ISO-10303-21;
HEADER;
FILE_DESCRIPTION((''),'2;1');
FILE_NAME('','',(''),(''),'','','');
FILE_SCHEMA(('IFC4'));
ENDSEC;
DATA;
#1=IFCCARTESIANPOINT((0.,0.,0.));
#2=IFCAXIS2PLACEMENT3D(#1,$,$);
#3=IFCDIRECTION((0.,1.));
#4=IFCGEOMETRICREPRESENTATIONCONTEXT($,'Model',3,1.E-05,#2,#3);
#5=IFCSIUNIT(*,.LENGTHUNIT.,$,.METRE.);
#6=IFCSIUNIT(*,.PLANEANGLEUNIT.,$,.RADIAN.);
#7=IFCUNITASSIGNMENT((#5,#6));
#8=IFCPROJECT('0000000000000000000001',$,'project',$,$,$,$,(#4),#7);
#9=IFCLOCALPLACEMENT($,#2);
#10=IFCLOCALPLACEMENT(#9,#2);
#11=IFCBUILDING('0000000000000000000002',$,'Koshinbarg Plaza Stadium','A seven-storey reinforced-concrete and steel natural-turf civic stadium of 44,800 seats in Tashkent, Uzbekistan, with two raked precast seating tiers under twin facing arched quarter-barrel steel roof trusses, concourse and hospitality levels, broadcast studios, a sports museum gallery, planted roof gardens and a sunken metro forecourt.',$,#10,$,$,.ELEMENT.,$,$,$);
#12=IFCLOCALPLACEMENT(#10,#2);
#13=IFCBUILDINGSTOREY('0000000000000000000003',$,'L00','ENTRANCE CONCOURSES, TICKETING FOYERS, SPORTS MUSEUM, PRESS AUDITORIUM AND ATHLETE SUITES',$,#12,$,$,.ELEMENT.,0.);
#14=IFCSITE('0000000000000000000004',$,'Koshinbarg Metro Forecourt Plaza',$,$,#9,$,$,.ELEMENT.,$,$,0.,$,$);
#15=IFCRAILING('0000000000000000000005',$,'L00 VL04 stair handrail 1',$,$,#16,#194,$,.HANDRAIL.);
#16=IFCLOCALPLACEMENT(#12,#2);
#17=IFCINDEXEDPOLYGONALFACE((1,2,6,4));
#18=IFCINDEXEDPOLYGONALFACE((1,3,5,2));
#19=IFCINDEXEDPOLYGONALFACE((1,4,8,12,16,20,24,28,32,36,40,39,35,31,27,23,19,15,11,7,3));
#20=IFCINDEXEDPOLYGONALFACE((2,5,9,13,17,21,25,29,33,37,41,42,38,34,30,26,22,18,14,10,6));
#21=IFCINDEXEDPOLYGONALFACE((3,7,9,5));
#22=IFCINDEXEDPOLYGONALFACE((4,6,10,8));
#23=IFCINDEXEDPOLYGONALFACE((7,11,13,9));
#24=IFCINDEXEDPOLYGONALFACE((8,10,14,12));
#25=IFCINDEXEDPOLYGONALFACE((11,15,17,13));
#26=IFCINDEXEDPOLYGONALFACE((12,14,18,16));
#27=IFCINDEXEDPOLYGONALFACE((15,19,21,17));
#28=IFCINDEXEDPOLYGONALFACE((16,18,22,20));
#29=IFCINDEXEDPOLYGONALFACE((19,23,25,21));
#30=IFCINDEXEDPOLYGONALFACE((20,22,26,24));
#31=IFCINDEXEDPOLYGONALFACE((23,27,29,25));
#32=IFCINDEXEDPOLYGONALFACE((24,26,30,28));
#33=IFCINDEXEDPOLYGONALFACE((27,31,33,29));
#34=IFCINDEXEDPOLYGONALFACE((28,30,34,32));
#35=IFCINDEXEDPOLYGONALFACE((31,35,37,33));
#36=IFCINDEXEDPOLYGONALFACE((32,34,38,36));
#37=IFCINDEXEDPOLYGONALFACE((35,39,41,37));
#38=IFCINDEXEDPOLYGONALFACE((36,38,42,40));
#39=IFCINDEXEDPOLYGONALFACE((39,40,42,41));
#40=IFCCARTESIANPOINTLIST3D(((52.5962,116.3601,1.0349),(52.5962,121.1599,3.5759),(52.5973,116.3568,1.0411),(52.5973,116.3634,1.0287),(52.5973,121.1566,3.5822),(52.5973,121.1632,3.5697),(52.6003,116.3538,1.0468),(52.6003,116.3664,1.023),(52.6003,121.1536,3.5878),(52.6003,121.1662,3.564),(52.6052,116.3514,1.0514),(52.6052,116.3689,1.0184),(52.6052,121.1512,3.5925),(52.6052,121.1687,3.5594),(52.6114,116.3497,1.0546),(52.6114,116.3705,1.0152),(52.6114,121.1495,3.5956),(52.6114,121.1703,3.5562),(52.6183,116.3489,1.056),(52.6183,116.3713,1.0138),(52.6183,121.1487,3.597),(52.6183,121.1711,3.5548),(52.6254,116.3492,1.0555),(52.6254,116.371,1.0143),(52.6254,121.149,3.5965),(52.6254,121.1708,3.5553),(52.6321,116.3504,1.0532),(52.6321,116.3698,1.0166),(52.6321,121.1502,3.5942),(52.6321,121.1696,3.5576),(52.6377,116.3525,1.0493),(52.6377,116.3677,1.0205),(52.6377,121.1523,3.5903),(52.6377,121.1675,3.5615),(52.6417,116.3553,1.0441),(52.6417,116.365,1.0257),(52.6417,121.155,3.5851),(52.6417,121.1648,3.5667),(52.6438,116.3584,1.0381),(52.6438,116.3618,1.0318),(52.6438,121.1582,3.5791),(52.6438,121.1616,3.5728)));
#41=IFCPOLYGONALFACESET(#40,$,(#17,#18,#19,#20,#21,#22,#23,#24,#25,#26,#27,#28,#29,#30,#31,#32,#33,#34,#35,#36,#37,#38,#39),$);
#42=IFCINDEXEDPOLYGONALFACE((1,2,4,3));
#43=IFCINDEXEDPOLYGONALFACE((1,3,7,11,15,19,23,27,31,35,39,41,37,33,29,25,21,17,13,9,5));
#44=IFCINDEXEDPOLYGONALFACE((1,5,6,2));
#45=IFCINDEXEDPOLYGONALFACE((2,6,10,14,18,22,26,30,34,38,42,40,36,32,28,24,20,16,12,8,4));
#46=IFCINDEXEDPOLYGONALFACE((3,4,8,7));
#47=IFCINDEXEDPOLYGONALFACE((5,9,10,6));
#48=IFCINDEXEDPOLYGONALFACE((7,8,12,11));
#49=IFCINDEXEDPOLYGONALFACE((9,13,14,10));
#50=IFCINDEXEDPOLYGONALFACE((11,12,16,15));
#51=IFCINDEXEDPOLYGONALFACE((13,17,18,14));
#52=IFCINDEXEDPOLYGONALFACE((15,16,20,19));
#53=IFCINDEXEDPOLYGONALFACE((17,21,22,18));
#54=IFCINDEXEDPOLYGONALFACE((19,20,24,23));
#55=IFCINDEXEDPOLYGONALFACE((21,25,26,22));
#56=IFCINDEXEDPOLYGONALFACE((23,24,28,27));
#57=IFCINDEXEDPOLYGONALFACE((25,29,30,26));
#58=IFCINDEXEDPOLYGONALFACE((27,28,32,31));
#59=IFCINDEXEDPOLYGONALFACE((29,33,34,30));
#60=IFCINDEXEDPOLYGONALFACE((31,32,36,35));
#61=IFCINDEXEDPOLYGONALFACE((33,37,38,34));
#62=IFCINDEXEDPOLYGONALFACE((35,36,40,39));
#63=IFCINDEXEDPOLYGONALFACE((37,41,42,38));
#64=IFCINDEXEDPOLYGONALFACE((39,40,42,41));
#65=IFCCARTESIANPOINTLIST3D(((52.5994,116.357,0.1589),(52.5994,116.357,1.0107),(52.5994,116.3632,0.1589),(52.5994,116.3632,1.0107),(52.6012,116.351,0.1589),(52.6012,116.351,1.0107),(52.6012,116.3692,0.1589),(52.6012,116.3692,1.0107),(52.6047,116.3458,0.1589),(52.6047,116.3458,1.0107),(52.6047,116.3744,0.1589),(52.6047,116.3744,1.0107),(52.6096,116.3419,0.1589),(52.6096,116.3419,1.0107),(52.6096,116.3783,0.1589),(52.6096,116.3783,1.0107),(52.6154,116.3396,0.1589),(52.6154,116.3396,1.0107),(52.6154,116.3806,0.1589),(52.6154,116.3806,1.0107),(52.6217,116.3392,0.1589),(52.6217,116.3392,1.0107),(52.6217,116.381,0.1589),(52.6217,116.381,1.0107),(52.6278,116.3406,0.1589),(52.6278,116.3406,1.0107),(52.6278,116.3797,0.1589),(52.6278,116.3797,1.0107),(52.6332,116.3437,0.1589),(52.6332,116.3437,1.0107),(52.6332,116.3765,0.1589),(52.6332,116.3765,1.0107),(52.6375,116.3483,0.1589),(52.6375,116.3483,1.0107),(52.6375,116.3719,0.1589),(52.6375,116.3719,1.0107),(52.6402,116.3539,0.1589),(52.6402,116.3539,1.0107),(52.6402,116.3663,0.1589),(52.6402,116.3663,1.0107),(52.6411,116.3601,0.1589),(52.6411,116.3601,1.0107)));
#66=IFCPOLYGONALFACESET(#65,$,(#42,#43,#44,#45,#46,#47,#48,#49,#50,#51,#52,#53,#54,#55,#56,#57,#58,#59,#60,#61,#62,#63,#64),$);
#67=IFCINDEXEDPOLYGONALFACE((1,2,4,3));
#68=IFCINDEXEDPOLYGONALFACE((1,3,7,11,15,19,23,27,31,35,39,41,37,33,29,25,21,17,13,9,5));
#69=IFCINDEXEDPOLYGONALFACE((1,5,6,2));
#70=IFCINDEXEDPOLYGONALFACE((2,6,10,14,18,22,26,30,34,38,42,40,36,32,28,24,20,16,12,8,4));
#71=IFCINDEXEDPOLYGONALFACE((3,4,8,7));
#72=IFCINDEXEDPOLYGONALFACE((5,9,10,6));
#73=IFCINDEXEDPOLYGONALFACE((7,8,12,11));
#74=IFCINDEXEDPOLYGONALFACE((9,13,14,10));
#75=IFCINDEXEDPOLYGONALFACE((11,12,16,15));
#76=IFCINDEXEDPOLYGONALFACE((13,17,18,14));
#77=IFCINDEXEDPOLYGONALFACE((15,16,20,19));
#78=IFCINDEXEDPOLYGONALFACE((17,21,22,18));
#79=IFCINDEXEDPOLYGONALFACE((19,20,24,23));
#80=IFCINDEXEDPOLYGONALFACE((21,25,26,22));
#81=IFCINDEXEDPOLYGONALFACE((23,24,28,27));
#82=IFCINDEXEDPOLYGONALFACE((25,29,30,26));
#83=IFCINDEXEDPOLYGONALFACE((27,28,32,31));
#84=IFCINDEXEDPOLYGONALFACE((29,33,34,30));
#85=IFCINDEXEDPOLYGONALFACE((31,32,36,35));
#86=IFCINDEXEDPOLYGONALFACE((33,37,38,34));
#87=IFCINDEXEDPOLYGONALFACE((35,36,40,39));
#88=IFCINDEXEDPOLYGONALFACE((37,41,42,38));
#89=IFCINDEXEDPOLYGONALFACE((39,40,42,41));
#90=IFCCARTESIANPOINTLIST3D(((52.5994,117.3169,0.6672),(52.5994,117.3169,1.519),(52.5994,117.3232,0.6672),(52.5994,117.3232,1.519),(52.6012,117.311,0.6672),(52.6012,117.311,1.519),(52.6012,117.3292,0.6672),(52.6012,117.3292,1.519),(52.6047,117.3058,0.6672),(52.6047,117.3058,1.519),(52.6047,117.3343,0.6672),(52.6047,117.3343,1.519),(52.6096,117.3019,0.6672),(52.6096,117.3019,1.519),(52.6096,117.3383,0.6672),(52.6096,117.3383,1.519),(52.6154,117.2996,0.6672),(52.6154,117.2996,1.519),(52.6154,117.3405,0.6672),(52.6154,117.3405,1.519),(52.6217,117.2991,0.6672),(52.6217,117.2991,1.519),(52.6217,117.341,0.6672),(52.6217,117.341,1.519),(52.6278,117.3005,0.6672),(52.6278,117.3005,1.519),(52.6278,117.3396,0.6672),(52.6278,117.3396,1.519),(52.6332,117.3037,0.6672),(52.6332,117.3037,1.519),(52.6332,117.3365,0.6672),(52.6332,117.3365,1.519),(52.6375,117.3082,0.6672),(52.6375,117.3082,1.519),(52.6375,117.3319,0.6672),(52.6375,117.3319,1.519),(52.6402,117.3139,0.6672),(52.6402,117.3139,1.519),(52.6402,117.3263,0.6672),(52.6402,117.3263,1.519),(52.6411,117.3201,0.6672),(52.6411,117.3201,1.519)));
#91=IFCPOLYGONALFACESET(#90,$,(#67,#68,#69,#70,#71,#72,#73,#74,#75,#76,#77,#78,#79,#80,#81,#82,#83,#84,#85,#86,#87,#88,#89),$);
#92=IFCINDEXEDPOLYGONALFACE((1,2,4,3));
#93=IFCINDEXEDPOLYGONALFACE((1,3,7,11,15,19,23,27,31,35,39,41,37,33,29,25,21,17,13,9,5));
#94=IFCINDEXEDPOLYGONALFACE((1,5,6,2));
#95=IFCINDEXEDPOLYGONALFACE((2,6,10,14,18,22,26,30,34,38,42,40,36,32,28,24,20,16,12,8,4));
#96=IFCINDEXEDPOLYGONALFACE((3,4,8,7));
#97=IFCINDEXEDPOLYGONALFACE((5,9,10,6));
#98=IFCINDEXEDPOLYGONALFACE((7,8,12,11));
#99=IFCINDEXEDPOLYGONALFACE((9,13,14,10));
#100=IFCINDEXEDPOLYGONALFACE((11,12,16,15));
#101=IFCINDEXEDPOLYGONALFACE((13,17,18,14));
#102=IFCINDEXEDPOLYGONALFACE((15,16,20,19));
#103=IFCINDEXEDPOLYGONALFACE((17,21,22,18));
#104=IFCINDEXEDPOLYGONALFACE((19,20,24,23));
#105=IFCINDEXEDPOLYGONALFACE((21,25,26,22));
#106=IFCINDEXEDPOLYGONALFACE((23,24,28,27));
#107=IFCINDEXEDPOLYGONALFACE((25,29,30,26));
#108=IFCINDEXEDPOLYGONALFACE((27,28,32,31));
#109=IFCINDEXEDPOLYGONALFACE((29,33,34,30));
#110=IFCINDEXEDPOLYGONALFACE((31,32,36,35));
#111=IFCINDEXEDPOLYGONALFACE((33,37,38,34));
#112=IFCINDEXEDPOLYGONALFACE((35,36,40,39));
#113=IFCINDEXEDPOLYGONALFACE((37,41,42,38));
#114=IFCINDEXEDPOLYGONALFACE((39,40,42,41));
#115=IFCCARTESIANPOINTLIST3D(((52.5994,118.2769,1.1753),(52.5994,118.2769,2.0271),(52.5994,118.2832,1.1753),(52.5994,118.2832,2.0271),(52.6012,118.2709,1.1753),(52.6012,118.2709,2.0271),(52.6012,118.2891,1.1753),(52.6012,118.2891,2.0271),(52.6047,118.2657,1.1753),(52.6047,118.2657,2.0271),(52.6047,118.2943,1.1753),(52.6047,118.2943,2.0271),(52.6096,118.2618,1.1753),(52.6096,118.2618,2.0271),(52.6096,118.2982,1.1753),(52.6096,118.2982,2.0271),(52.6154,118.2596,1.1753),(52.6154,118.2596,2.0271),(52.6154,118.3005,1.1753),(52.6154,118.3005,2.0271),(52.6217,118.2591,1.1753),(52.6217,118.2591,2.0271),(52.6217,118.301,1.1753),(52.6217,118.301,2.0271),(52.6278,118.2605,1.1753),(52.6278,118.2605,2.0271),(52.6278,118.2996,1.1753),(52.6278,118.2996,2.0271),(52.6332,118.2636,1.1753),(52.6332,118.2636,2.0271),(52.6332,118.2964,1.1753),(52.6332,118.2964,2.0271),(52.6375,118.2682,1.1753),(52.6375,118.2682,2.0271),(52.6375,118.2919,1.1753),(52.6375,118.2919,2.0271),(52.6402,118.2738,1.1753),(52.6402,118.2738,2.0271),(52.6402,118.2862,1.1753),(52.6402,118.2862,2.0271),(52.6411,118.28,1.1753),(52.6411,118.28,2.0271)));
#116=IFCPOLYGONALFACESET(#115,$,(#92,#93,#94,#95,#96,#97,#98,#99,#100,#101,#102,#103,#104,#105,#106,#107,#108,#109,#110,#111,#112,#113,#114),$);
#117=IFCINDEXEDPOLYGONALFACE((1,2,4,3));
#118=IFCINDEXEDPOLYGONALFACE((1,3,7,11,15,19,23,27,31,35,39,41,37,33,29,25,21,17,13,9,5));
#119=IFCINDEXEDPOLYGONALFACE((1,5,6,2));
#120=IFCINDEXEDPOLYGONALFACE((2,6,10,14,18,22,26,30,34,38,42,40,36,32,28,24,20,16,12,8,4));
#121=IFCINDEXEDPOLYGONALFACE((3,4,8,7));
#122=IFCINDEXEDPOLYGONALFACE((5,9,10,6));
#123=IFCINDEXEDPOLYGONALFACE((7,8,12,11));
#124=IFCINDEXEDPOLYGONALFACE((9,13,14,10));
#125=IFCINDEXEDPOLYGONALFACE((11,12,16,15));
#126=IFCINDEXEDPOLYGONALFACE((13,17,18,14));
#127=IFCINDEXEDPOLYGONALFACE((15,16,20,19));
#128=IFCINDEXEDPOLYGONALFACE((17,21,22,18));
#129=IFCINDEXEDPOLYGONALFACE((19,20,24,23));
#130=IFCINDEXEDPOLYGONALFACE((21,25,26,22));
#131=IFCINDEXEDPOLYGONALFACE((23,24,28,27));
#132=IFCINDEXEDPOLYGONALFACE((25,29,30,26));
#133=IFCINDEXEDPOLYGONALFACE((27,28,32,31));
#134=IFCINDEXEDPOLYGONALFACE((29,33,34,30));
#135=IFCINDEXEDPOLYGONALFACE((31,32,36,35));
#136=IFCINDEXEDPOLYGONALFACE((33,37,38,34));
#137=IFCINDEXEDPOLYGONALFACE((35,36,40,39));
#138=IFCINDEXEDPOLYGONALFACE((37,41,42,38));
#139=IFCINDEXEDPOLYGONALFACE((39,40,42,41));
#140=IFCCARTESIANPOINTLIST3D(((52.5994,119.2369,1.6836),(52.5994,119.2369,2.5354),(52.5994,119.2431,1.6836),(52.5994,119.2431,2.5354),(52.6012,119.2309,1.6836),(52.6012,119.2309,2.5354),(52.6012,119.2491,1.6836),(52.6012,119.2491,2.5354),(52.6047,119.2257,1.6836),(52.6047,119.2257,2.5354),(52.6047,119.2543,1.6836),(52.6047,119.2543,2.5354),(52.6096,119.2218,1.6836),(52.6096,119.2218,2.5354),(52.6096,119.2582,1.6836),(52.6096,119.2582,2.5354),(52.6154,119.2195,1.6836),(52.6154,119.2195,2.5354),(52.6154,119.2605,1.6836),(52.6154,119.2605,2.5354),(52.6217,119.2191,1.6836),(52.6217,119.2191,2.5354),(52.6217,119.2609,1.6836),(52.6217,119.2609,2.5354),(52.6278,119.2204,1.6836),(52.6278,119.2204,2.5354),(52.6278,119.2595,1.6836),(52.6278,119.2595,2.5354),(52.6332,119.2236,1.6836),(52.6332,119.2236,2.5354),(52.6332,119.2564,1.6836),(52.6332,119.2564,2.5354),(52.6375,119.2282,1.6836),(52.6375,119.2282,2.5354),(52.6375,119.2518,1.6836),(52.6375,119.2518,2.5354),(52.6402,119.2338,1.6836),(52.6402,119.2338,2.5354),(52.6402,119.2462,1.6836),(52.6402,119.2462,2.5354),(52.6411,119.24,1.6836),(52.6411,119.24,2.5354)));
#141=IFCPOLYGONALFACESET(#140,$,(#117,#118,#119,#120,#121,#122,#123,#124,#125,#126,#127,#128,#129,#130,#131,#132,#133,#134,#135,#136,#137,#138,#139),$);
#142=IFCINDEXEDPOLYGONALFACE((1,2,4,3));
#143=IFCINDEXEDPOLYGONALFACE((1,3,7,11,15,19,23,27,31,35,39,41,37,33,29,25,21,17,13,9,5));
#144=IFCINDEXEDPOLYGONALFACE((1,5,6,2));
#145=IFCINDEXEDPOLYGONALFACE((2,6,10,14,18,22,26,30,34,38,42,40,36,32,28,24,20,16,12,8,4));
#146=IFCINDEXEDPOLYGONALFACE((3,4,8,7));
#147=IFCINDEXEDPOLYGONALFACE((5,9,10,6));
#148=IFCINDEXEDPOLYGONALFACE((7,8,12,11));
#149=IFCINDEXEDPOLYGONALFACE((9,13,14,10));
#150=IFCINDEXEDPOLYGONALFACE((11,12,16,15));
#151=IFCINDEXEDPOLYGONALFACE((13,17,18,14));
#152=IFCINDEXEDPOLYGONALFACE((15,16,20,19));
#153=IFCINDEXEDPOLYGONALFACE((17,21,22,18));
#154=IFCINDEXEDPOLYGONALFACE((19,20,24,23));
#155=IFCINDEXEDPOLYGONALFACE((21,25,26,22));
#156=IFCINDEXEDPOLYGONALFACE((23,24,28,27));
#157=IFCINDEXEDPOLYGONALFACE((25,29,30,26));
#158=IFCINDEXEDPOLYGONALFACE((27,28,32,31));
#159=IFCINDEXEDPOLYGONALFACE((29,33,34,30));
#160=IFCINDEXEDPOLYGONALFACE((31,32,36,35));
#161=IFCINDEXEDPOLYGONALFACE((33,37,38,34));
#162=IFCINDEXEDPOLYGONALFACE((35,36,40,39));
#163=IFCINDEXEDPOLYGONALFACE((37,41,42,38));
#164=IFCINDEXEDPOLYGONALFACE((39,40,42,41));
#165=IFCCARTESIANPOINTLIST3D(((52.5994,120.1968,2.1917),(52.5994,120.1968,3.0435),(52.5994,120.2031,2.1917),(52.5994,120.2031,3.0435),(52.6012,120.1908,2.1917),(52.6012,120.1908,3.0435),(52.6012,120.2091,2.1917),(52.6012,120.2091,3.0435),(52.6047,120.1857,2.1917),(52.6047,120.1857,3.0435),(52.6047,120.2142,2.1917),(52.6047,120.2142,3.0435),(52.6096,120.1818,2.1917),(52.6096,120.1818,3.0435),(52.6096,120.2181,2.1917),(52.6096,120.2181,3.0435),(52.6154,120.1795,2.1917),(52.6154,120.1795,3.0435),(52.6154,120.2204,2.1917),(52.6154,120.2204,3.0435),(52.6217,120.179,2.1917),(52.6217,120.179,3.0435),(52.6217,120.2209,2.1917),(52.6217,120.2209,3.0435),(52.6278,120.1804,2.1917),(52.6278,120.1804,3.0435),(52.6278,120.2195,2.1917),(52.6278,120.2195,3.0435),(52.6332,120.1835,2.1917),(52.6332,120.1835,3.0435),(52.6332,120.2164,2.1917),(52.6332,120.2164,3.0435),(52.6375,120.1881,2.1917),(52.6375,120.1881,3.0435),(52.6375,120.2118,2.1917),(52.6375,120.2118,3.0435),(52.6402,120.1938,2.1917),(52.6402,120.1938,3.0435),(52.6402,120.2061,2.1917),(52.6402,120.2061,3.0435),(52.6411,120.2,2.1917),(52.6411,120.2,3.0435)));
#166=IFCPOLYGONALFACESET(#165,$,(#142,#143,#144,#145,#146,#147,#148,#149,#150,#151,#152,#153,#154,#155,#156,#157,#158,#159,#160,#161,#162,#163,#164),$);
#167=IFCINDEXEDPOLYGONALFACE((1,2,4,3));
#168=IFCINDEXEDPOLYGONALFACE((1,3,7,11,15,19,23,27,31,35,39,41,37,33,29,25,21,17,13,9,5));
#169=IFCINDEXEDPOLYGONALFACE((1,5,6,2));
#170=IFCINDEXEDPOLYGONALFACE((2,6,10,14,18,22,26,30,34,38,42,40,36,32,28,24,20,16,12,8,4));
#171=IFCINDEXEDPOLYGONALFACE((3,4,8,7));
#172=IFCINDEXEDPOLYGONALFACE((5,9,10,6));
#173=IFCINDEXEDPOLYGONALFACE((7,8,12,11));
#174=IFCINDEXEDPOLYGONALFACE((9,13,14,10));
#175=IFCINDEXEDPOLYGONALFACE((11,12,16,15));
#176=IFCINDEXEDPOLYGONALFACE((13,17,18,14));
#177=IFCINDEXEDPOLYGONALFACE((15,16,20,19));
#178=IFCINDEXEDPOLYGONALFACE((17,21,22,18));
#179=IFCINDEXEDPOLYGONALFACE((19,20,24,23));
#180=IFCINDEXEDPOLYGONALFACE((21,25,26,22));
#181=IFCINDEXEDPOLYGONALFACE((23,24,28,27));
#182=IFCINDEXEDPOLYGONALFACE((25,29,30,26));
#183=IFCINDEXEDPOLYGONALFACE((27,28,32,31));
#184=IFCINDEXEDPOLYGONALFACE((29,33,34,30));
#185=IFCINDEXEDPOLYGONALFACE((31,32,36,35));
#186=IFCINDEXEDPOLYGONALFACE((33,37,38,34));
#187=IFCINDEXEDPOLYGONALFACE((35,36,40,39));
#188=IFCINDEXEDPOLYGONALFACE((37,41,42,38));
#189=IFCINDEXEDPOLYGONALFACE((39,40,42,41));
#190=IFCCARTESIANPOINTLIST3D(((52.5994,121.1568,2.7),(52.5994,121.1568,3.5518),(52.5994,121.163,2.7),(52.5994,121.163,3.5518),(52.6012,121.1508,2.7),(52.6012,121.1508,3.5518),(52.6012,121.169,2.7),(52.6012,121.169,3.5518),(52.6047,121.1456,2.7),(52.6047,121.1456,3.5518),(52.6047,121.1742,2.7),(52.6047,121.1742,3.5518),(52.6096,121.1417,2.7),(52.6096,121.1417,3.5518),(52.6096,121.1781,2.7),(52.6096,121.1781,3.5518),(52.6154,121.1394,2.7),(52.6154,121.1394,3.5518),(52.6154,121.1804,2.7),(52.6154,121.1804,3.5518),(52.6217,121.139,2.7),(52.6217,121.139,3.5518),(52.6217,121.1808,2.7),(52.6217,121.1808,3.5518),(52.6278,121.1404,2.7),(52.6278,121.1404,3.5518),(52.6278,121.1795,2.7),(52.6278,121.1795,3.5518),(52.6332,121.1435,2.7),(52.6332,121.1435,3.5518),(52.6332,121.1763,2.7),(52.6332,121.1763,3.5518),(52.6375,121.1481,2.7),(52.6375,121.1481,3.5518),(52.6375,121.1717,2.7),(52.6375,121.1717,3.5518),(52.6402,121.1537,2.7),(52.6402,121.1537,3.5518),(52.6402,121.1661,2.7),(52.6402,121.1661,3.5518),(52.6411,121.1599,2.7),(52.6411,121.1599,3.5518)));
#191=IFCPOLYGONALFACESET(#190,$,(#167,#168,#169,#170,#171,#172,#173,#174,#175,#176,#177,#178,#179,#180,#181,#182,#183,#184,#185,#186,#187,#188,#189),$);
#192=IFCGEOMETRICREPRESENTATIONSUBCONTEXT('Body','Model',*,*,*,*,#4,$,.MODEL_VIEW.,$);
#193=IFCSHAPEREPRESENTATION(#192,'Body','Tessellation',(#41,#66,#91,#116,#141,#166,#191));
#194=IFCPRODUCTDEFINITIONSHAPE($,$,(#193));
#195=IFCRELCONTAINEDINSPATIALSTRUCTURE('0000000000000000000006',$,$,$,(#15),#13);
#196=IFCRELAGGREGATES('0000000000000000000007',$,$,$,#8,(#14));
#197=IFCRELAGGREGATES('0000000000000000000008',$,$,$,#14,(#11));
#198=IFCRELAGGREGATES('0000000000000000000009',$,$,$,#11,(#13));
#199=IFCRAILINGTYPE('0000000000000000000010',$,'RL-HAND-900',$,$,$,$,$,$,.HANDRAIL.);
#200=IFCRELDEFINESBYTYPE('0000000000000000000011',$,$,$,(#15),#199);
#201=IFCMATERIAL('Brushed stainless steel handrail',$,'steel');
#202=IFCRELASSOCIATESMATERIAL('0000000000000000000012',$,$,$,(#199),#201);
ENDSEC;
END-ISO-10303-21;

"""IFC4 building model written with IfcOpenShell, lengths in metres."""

from ifc_helpers import new_model, si_unit, direction, frame, origin, origin_2d, place, context, subcontext, project, spatial, circle, extrude, material, type_object, element, save


model = new_model("IFC4")

# Units and contexts
model_context = context("Model", 3, precision=1e-05, world=origin(), true_north=direction((0.0, 1.0)))
body_context = subcontext(model_context, "Body", "Model", "MODEL_VIEW")
ifc_project = project(units=[si_unit("LENGTHUNIT", "METRE"), si_unit("PLANEANGLEUNIT", "RADIAN")], contexts=[model_context])

# Site, building, storey
site_placement = place(None, origin())
site = spatial("IfcSite", under=ifc_project, at=site_placement, Name="Koshinbarg Metro Forecourt Plaza", CompositionType="ELEMENT", RefElevation=0.0)
building_placement = place(site_placement, origin())
building = spatial("IfcBuilding", under=site, at=building_placement, Name="Koshinbarg Plaza Stadium", Description="A seven-storey reinforced-concrete and steel natural-turf civic stadium of 44,800 seats in Tashkent, Uzbekistan, with two raked precast seating tiers under twin facing arched quarter-barrel steel roof trusses, concourse and hospitality levels, broadcast studios, a sports museum gallery, planted roof gardens and a sunken metro forecourt.", CompositionType="ELEMENT")
storey_placement = place(building_placement, origin())
storey = spatial("IfcBuildingStorey", under=building, at=storey_placement, Name="L00", Description="ENTRANCE CONCOURSES, TICKETING FOYERS, SPORTS MUSEUM, PRESS AUDITORIUM AND ATHLETE SUITES", CompositionType="ELEMENT", Elevation=0.0)

# Railing
ifc_material_1 = material(Name="Brushed stainless steel handrail", Category="steel")
railing_type_1 = type_object("IfcRailingType", Name="RL-HAND-900", PredefinedType="HANDRAIL", material=ifc_material_1)
railing_1_placement = place(storey_placement, frame((52.6201, 116.3601, 0.1589)))
element("IfcRailing", 1, at=railing_1_placement, inside=storey, type_object=railing_type_1, Name="L00 VL04 stair handrail 1", PredefinedType="HANDRAIL", context=body_context, shape_type="SweptSolid", body=[
    extrude(circle(Radius=0.0239, at=origin_2d()), frame((0.0, 0.0, 0.876), z_axis=(0.0, 0.883792, 0.467879), x_axis=(-1.0, 0.0, 0.0)), (0.0, 0.0, 1.0), 5.4309),
    extrude(circle(Radius=0.021, at=origin_2d()), origin(), (0.0, 0.0, 1.0), 0.8518),
    extrude(circle(Radius=0.021, at=origin_2d()), frame((0.0, 0.96, 0.5083)), (0.0, 0.0, 1.0), 0.8518),
    extrude(circle(Radius=0.021, at=origin_2d()), frame((0.0, 1.9199, 1.0164)), (0.0, 0.0, 1.0), 0.8518),
    extrude(circle(Radius=0.021, at=origin_2d()), frame((0.0, 2.8799, 1.5247)), (0.0, 0.0, 1.0), 0.8518),
    extrude(circle(Radius=0.021, at=origin_2d()), frame((0.0, 3.8398, 2.0327)), (0.0, 0.0, 1.0), 0.8518),
    extrude(circle(Radius=0.021, at=origin_2d()), frame((0.0, 4.7998, 2.541)), (0.0, 0.0, 1.0), 0.8518),
])

save(model, "model.ifc")
